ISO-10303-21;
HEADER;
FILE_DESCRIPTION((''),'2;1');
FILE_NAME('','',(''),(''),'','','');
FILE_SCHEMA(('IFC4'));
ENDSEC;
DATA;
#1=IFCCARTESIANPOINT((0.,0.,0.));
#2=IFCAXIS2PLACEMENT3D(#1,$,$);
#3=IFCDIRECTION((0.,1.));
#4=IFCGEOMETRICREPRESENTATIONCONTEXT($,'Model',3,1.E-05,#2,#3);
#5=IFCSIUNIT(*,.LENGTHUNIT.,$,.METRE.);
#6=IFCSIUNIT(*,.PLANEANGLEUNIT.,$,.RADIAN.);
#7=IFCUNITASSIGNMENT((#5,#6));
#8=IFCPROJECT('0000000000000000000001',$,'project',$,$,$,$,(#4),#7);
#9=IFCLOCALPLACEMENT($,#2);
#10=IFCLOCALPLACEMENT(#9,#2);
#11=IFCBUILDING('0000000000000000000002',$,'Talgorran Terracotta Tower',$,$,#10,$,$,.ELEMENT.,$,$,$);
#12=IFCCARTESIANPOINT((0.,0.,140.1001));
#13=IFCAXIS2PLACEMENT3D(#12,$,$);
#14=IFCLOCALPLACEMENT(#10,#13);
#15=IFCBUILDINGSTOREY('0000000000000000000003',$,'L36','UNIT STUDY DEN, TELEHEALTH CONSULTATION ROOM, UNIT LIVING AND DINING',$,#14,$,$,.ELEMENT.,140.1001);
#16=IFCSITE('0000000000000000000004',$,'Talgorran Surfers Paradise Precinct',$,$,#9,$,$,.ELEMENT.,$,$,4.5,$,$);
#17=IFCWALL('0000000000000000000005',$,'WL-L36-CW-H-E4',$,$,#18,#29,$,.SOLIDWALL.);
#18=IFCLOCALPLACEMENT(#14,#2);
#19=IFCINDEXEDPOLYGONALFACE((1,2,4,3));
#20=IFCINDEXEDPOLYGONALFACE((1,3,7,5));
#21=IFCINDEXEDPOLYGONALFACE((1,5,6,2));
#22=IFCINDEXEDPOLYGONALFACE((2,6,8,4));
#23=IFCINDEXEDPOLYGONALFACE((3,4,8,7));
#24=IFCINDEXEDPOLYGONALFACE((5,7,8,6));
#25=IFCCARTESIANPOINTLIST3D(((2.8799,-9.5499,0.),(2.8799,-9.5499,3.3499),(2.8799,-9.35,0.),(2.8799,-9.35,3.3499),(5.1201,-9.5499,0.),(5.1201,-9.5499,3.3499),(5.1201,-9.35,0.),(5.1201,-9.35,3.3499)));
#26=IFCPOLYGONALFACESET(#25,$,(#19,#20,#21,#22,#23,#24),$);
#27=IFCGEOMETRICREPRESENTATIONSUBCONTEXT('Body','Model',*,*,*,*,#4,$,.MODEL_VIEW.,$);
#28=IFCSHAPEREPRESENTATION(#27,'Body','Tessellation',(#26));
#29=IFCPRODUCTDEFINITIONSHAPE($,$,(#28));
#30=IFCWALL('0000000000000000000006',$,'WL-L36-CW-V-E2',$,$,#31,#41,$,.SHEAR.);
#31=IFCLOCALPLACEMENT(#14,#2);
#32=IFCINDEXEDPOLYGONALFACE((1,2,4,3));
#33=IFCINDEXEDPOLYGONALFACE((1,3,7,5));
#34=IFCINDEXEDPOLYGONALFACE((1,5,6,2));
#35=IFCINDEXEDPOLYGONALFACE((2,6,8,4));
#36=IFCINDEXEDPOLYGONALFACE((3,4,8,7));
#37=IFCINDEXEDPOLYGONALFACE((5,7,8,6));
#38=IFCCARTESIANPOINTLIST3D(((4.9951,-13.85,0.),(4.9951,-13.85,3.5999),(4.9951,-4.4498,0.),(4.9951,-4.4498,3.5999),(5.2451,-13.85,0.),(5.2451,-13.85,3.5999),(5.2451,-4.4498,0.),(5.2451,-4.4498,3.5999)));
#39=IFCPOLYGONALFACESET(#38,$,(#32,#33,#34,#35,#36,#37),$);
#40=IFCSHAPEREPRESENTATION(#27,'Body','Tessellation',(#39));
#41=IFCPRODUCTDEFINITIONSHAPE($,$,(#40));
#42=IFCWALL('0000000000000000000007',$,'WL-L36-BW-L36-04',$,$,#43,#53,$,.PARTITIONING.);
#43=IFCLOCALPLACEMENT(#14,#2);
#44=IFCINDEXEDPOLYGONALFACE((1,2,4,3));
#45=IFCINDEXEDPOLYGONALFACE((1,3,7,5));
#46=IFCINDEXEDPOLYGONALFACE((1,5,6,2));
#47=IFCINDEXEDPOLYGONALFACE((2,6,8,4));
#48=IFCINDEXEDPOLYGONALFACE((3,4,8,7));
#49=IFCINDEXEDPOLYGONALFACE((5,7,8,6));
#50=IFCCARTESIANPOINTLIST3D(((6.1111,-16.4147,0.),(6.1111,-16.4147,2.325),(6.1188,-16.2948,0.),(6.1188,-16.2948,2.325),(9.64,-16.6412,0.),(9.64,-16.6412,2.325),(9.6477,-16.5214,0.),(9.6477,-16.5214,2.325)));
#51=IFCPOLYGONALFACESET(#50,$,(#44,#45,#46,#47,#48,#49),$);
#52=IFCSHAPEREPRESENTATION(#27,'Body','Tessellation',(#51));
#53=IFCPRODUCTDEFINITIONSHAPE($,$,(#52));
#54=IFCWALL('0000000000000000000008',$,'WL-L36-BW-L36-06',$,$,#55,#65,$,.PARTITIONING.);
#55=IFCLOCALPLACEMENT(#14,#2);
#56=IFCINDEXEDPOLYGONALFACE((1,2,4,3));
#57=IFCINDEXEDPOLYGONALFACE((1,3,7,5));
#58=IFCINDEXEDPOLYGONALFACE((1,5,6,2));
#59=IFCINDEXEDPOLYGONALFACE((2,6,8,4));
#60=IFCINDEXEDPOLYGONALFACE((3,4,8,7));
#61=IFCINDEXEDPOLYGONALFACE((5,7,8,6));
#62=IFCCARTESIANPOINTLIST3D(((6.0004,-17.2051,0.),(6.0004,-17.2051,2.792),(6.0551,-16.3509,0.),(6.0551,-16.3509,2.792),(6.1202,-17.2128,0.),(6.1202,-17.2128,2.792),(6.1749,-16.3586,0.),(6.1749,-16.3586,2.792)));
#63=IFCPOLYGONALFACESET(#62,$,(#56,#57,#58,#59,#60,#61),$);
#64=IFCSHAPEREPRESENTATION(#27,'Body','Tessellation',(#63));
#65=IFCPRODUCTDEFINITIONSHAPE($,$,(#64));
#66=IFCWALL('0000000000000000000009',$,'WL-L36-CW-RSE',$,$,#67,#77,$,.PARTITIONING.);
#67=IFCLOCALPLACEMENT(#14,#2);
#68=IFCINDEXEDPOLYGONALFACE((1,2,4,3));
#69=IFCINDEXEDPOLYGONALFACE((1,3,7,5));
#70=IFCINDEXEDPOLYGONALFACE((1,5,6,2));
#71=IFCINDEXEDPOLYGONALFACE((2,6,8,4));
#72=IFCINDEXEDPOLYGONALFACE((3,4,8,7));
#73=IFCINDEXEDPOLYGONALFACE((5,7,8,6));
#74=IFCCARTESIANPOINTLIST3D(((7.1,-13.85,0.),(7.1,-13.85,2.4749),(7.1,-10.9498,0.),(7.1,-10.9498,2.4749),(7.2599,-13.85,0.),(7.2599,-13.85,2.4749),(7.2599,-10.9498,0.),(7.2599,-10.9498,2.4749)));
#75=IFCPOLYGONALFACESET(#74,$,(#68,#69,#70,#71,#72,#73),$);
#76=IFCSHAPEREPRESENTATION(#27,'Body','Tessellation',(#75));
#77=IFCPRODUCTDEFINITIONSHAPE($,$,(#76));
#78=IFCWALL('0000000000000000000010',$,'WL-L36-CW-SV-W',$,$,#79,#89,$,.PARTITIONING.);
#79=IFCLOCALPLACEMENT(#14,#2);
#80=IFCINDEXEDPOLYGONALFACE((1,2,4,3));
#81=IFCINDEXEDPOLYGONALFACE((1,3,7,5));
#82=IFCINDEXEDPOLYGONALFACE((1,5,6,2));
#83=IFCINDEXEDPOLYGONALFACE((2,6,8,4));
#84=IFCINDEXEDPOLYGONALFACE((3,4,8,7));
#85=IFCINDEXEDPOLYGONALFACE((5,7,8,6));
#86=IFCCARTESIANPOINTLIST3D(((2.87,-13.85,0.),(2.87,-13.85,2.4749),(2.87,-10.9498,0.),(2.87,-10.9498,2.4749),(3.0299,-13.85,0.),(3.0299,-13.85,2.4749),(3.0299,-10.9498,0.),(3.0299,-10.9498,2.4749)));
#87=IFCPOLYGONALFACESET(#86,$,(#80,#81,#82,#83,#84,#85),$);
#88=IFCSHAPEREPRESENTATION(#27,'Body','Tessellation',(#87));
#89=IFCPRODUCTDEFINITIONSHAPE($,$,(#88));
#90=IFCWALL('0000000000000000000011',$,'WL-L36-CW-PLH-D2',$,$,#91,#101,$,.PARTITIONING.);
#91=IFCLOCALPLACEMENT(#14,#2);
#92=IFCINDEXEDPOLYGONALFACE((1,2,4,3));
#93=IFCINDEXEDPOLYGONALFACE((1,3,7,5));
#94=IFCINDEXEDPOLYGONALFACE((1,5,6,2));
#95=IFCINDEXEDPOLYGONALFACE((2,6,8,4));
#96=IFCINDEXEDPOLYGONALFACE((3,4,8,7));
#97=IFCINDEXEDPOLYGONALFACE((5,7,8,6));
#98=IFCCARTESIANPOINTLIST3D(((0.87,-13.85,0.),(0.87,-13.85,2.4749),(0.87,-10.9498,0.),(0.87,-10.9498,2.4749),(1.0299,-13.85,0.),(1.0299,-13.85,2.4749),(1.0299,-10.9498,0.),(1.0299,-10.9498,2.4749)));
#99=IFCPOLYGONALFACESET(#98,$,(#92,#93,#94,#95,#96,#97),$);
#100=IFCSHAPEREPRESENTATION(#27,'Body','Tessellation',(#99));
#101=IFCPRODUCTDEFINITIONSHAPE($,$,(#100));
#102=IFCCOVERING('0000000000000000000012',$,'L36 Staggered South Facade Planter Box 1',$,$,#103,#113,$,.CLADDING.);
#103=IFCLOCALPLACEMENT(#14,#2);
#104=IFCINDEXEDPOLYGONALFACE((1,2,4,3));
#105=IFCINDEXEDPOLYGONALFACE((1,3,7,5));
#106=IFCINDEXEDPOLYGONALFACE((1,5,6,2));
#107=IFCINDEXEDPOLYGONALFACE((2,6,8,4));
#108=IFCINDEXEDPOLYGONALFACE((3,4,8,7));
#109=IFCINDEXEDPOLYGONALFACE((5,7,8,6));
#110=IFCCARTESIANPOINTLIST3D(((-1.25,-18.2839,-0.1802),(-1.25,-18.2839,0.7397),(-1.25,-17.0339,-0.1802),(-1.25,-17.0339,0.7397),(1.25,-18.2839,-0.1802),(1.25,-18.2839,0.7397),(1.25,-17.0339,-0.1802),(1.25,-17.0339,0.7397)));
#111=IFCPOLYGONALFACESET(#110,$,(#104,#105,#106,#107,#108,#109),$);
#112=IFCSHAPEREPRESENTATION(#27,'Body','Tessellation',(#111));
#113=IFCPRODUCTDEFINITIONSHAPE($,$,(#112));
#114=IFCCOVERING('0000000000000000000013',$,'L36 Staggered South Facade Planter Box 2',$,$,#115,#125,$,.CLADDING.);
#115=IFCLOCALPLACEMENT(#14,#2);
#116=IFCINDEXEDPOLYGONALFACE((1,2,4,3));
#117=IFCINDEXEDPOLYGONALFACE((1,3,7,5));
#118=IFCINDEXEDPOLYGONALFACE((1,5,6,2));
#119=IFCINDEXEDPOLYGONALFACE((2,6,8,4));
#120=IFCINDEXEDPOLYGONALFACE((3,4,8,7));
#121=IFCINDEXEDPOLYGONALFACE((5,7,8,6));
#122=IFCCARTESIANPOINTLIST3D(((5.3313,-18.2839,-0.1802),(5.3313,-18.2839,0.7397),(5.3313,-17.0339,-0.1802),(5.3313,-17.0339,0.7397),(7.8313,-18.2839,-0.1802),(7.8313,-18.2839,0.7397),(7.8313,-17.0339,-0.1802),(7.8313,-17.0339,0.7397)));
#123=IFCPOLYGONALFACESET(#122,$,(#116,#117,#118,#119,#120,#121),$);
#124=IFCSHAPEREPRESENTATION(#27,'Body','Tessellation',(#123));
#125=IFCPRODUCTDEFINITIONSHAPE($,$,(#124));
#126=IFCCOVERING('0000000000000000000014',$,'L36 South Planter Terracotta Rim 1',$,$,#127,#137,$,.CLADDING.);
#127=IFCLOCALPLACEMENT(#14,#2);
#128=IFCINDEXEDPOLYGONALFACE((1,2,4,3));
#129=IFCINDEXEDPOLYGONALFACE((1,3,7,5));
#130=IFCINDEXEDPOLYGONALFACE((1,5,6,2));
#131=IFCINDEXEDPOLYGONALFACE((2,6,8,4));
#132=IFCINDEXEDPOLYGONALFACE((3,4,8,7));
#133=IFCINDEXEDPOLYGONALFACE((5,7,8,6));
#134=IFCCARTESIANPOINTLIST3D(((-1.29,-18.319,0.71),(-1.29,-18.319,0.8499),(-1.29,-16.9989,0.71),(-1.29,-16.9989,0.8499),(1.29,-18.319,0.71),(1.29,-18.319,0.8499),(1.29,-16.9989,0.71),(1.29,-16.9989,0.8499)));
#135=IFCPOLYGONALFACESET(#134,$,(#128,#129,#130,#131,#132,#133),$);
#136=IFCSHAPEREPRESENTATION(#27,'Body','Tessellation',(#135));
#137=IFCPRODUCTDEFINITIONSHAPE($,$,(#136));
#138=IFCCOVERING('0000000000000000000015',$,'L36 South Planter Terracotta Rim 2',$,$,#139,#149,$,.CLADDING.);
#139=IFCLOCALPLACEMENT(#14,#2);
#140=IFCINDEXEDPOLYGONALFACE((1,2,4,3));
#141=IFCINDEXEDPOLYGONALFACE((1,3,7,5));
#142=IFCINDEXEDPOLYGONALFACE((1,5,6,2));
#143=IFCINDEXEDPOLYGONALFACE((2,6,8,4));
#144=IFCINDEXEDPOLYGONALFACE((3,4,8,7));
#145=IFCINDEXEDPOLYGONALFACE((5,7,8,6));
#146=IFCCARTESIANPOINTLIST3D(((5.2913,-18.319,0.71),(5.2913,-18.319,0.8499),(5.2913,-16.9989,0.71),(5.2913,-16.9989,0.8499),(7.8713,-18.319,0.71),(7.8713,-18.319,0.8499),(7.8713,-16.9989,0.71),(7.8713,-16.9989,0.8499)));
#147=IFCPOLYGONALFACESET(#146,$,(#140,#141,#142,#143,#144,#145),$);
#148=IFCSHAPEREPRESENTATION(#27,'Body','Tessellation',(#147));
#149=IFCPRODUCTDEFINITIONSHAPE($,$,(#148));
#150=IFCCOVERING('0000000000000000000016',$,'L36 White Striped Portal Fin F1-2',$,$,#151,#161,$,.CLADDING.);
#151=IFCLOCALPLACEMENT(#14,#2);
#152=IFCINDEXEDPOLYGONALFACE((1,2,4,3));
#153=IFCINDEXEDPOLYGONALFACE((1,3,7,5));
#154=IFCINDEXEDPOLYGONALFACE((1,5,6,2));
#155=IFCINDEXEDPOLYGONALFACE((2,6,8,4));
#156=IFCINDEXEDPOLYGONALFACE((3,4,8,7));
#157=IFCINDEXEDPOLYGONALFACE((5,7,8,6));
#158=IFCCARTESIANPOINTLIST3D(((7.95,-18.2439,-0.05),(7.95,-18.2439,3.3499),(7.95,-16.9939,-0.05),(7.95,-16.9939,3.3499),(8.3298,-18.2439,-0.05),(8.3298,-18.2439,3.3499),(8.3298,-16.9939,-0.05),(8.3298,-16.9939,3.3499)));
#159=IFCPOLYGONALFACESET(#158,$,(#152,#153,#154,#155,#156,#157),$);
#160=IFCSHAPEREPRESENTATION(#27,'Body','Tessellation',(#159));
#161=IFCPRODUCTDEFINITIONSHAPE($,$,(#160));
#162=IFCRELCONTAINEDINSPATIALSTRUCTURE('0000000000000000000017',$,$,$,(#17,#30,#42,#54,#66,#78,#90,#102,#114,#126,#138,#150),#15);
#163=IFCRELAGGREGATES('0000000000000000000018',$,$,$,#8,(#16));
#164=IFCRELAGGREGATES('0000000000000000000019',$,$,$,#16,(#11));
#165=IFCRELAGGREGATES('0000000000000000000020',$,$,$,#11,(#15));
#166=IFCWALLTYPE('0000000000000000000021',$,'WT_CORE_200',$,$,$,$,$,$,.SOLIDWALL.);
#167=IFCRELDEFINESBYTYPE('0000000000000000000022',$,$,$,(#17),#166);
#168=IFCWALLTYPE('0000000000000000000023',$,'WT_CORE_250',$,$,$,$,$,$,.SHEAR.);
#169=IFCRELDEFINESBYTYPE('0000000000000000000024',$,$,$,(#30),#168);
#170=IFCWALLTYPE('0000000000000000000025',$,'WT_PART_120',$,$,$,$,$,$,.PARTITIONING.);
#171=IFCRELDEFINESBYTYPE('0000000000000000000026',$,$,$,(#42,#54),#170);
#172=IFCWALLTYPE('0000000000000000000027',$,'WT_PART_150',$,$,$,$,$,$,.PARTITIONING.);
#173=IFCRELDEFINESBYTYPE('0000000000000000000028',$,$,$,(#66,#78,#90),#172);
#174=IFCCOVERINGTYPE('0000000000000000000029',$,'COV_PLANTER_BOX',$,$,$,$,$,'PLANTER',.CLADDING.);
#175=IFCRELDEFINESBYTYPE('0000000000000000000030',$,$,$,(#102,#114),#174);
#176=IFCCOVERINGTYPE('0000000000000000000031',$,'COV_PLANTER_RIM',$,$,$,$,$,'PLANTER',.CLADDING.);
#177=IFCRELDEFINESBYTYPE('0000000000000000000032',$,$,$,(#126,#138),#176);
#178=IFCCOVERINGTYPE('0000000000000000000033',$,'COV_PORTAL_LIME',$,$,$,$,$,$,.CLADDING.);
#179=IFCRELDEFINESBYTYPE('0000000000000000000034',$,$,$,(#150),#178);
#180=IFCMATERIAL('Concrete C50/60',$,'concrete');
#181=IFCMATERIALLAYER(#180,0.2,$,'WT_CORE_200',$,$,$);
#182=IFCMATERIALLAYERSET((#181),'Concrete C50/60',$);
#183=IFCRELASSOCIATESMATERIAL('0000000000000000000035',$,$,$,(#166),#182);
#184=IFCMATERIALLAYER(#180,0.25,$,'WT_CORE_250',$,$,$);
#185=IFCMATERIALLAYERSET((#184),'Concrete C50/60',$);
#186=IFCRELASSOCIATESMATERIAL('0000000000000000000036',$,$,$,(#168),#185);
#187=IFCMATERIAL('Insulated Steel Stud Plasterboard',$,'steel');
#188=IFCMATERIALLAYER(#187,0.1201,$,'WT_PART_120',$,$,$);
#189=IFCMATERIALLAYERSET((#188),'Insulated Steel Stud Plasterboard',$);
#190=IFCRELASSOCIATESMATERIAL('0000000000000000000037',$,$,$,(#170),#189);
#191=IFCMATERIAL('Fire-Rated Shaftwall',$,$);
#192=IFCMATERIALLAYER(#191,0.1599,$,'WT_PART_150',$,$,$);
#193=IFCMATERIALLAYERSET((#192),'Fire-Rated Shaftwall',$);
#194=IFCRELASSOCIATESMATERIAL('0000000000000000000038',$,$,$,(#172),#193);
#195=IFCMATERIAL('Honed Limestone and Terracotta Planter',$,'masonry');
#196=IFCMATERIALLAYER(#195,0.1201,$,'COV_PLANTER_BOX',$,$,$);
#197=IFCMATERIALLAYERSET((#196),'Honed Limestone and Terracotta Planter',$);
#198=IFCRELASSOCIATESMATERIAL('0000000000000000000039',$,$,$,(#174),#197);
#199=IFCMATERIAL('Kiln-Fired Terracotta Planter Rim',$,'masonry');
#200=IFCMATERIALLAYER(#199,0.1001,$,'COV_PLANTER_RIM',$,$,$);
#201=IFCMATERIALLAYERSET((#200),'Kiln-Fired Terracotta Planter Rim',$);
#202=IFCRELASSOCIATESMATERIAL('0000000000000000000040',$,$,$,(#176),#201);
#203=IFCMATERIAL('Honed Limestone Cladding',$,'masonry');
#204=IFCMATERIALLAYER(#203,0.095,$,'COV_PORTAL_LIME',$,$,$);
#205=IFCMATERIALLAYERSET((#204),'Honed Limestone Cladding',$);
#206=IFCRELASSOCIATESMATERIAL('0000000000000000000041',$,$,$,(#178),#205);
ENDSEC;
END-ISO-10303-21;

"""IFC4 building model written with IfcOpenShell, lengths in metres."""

from ifc_helpers import new_model, si_unit, direction, frame, frame_2d, origin, origin_2d, place, context, subcontext, project, spatial, rectangle, extrude, material, layer, layer_set, type_object, element, save


model = new_model("IFC4")

# Units and contexts
model_context = context("Model", 3, precision=1e-05, world=origin(), true_north=direction((0.0, 1.0)))
body_context = subcontext(model_context, "Body", "Model", "MODEL_VIEW")
ifc_project = project(units=[si_unit("LENGTHUNIT", "METRE"), si_unit("PLANEANGLEUNIT", "RADIAN")], contexts=[model_context])

# Site, building, storey
site_placement = place(None, origin())
site = spatial("IfcSite", under=ifc_project, at=site_placement, Name="Talgorran Surfers Paradise Precinct", CompositionType="ELEMENT", RefElevation=4.5)
building_placement = place(site_placement, origin())
building = spatial("IfcBuilding", under=site, at=building_placement, Name="Talgorran Terracotta Tower", CompositionType="ELEMENT")
storey_placement = place(building_placement, frame((0.0, 0.0, 140.1001)))
storey = spatial("IfcBuildingStorey", under=building, at=storey_placement, Name="L36", Description="UNIT STUDY DEN, TELEHEALTH CONSULTATION ROOM, UNIT LIVING AND DINING", CompositionType="ELEMENT", Elevation=140.1001)

# Shared definitions
ifc_material_1 = material(Name="Concrete C50/60", Category="concrete")

# Shared definitions
ifc_layer_1 = layer(ifc_material_1, 0.2, Name="WT_CORE_200")
ifc_layer_set_1 = layer_set([ifc_layer_1], Name="Concrete C50/60")
wall_type_1 = type_object("IfcWallType", Name="WT_CORE_200", PredefinedType="SOLIDWALL", material=ifc_layer_set_1)

# Walls
wall_1_placement = place(storey_placement, frame((2.8799, -9.45, 0.0), z_axis=(0.0, 0.0, 1.0), x_axis=(1.0, 0.0, 0.0)))
element("IfcWall", 1, at=wall_1_placement, inside=storey, type_object=wall_type_1, Name="WL-L36-CW-H-E4", PredefinedType="SOLIDWALL", context=body_context, shape_type="SweptSolid", body=[
    extrude(rectangle(XDim=2.2402, YDim=0.2, at=frame_2d((1.1201, 0.0))), origin(), (0.0, 0.0, 1.0), 3.3499),
])
ifc_layer_2 = layer(ifc_material_1, 0.25, Name="WT_CORE_250")
ifc_layer_set_2 = layer_set([ifc_layer_2], Name="Concrete C50/60")
wall_type_2 = type_object("IfcWallType", Name="WT_CORE_250", PredefinedType="SHEAR", material=ifc_layer_set_2)
wall_2_placement = place(storey_placement, frame((5.1201, -13.8501, 0.0), z_axis=(0.0, 0.0, 1.0), x_axis=(0.0, 1.0, 0.0)))
element("IfcWall", 2, at=wall_2_placement, inside=storey, type_object=wall_type_2, Name="WL-L36-CW-V-E2", PredefinedType="SHEAR", context=body_context, shape_type="SweptSolid", body=[
    extrude(rectangle(XDim=9.4001, YDim=0.25, at=frame_2d((4.7002, 0.0))), origin(), (0.0, 0.0, 1.0), 3.5999),
])
ifc_material_2 = material(Name="Insulated Steel Stud Plasterboard", Category="steel")
ifc_layer_3 = layer(ifc_material_2, 0.1201, Name="WT_PART_120")
ifc_layer_set_3 = layer_set([ifc_layer_3], Name="Insulated Steel Stud Plasterboard")
wall_type_3 = type_object("IfcWallType", Name="WT_PART_120", PredefinedType="PARTITIONING", material=ifc_layer_set_3)
wall_3_placement = place(storey_placement, frame((6.115, -16.3547, 0.0), z_axis=(0.0, 0.0, 1.0), x_axis=(0.997945, -0.064072, 0.0)))
element("IfcWall", 3, at=wall_3_placement, inside=storey, type_object=wall_type_3, Name="WL-L36-BW-L36-04", PredefinedType="PARTITIONING", context=body_context, shape_type="SweptSolid", body=[
    extrude(rectangle(XDim=3.5361, YDim=0.1201, at=frame_2d((1.7681, 0.0))), origin(), (0.0, 0.0, 1.0), 2.325),
])
wall_4_placement = place(storey_placement, frame((6.0603, -17.209, 0.0), z_axis=(0.0, 0.0, 1.0), x_axis=(0.063888, 0.997957, 0.0)))
element("IfcWall", 4, at=wall_4_placement, inside=storey, type_object=wall_type_3, Name="WL-L36-BW-L36-06", PredefinedType="PARTITIONING", context=body_context, shape_type="SweptSolid", body=[
    extrude(rectangle(XDim=0.856, YDim=0.1201, at=frame_2d((0.428, 0.0))), origin(), (0.0, 0.0, 1.0), 2.792),
])
ifc_material_3 = material(Name="Fire-Rated Shaftwall")
ifc_layer_4 = layer(ifc_material_3, 0.1599, Name="WT_PART_150")
ifc_layer_set_4 = layer_set([ifc_layer_4], Name="Fire-Rated Shaftwall")
wall_type_4 = type_object("IfcWallType", Name="WT_PART_150", PredefinedType="PARTITIONING", material=ifc_layer_set_4)
for number, where, z_axis, x_axis, name in (
    (5, (7.1799, -13.8501, 0.0), (0.0, 0.0, 1.0), (0.0, 1.0, 0.0), "WL-L36-CW-RSE"),
    (6, (2.95, -13.8501, 0.0), (0.0, 0.0, 1.0), (0.0, 1.0, 0.0), "WL-L36-CW-SV-W"),
    (7, (0.95, -13.8501, 0.0), (0.0, 0.0, 1.0), (0.0, 1.0, 0.0), "WL-L36-CW-PLH-D2"),
):
    element("IfcWall", number, at=place(storey_placement, frame(where, z_axis=z_axis, x_axis=x_axis)), inside=storey, type_object=wall_type_4, Name=name, PredefinedType="PARTITIONING", context=body_context, shape_type="SweptSolid", body=[
        extrude(rectangle(XDim=2.9001, YDim=0.1599, at=frame_2d((1.4502, 0.0))), origin(), (0.0, 0.0, 1.0), 2.4749),
    ])

# Coverings
ifc_material_4 = material(Name="Honed Limestone and Terracotta Planter", Category="masonry")
ifc_layer_5 = layer(ifc_material_4, 0.1201, Name="COV_PLANTER_BOX")
ifc_layer_set_5 = layer_set([ifc_layer_5], Name="Honed Limestone and Terracotta Planter")
covering_type_1 = type_object("IfcCoveringType", Name="COV_PLANTER_BOX", ElementType="PLANTER", PredefinedType="CLADDING", material=ifc_layer_set_5)
for number, where, z_axis, x_axis, name in (
    (8, (0.0, -17.6589, -0.1802), (0.0, 0.0, 1.0), (1.0, 0.0, 0.0), "L36 Staggered South Facade Planter Box 1"),
    (9, (6.5813, -17.6589, -0.1802), (0.0, 0.0, 1.0), (1.0, 0.0, 0.0), "L36 Staggered South Facade Planter Box 2"),
):
    element("IfcCovering", number, at=place(storey_placement, frame(where, z_axis=z_axis, x_axis=x_axis)), inside=storey, type_object=covering_type_1, Name=name, PredefinedType="CLADDING", context=body_context, shape_type="SweptSolid", body=[
        extrude(rectangle(XDim=2.5, YDim=1.25, at=origin_2d()), origin(), (0.0, 0.0, 1.0), 0.9199),
    ])
ifc_material_5 = material(Name="Kiln-Fired Terracotta Planter Rim", Category="masonry")
ifc_layer_6 = layer(ifc_material_5, 0.1001, Name="COV_PLANTER_RIM")
ifc_layer_set_6 = layer_set([ifc_layer_6], Name="Kiln-Fired Terracotta Planter Rim")
covering_type_2 = type_object("IfcCoveringType", Name="COV_PLANTER_RIM", ElementType="PLANTER", PredefinedType="CLADDING", material=ifc_layer_set_6)
for number, where, z_axis, x_axis, name in (
    (10, (0.0, -17.6589, 0.71), (0.0, 0.0, 1.0), (1.0, 0.0, 0.0), "L36 South Planter Terracotta Rim 1"),
    (11, (6.5813, -17.6589, 0.71), (0.0, 0.0, 1.0), (1.0, 0.0, 0.0), "L36 South Planter Terracotta Rim 2"),
):
    element("IfcCovering", number, at=place(storey_placement, frame(where, z_axis=z_axis, x_axis=x_axis)), inside=storey, type_object=covering_type_2, Name=name, PredefinedType="CLADDING", context=body_context, shape_type="SweptSolid", body=[
        extrude(rectangle(XDim=2.5801, YDim=1.3201, at=origin_2d()), origin(), (0.0, 0.0, 1.0), 0.1399),
    ])
ifc_material_6 = material(Name="Honed Limestone Cladding", Category="masonry")
ifc_layer_7 = layer(ifc_material_6, 0.095, Name="COV_PORTAL_LIME")
ifc_layer_set_7 = layer_set([ifc_layer_7], Name="Honed Limestone Cladding")
covering_type_3 = type_object("IfcCoveringType", Name="COV_PORTAL_LIME", PredefinedType="CLADDING", material=ifc_layer_set_7)
covering_placement = place(storey_placement, frame((8.1399, -17.6189, -0.05), z_axis=(0.0, 0.0, 1.0), x_axis=(1.0, 0.0, 0.0)))
element("IfcCovering", 12, at=covering_placement, inside=storey, type_object=covering_type_3, Name="L36 White Striped Portal Fin F1-2", PredefinedType="CLADDING", context=body_context, shape_type="SweptSolid", body=[
    extrude(rectangle(XDim=0.3799, YDim=1.25, at=origin_2d()), origin(), (0.0, 0.0, 1.0), 3.3999),
])

save(model, "model.ifc")
